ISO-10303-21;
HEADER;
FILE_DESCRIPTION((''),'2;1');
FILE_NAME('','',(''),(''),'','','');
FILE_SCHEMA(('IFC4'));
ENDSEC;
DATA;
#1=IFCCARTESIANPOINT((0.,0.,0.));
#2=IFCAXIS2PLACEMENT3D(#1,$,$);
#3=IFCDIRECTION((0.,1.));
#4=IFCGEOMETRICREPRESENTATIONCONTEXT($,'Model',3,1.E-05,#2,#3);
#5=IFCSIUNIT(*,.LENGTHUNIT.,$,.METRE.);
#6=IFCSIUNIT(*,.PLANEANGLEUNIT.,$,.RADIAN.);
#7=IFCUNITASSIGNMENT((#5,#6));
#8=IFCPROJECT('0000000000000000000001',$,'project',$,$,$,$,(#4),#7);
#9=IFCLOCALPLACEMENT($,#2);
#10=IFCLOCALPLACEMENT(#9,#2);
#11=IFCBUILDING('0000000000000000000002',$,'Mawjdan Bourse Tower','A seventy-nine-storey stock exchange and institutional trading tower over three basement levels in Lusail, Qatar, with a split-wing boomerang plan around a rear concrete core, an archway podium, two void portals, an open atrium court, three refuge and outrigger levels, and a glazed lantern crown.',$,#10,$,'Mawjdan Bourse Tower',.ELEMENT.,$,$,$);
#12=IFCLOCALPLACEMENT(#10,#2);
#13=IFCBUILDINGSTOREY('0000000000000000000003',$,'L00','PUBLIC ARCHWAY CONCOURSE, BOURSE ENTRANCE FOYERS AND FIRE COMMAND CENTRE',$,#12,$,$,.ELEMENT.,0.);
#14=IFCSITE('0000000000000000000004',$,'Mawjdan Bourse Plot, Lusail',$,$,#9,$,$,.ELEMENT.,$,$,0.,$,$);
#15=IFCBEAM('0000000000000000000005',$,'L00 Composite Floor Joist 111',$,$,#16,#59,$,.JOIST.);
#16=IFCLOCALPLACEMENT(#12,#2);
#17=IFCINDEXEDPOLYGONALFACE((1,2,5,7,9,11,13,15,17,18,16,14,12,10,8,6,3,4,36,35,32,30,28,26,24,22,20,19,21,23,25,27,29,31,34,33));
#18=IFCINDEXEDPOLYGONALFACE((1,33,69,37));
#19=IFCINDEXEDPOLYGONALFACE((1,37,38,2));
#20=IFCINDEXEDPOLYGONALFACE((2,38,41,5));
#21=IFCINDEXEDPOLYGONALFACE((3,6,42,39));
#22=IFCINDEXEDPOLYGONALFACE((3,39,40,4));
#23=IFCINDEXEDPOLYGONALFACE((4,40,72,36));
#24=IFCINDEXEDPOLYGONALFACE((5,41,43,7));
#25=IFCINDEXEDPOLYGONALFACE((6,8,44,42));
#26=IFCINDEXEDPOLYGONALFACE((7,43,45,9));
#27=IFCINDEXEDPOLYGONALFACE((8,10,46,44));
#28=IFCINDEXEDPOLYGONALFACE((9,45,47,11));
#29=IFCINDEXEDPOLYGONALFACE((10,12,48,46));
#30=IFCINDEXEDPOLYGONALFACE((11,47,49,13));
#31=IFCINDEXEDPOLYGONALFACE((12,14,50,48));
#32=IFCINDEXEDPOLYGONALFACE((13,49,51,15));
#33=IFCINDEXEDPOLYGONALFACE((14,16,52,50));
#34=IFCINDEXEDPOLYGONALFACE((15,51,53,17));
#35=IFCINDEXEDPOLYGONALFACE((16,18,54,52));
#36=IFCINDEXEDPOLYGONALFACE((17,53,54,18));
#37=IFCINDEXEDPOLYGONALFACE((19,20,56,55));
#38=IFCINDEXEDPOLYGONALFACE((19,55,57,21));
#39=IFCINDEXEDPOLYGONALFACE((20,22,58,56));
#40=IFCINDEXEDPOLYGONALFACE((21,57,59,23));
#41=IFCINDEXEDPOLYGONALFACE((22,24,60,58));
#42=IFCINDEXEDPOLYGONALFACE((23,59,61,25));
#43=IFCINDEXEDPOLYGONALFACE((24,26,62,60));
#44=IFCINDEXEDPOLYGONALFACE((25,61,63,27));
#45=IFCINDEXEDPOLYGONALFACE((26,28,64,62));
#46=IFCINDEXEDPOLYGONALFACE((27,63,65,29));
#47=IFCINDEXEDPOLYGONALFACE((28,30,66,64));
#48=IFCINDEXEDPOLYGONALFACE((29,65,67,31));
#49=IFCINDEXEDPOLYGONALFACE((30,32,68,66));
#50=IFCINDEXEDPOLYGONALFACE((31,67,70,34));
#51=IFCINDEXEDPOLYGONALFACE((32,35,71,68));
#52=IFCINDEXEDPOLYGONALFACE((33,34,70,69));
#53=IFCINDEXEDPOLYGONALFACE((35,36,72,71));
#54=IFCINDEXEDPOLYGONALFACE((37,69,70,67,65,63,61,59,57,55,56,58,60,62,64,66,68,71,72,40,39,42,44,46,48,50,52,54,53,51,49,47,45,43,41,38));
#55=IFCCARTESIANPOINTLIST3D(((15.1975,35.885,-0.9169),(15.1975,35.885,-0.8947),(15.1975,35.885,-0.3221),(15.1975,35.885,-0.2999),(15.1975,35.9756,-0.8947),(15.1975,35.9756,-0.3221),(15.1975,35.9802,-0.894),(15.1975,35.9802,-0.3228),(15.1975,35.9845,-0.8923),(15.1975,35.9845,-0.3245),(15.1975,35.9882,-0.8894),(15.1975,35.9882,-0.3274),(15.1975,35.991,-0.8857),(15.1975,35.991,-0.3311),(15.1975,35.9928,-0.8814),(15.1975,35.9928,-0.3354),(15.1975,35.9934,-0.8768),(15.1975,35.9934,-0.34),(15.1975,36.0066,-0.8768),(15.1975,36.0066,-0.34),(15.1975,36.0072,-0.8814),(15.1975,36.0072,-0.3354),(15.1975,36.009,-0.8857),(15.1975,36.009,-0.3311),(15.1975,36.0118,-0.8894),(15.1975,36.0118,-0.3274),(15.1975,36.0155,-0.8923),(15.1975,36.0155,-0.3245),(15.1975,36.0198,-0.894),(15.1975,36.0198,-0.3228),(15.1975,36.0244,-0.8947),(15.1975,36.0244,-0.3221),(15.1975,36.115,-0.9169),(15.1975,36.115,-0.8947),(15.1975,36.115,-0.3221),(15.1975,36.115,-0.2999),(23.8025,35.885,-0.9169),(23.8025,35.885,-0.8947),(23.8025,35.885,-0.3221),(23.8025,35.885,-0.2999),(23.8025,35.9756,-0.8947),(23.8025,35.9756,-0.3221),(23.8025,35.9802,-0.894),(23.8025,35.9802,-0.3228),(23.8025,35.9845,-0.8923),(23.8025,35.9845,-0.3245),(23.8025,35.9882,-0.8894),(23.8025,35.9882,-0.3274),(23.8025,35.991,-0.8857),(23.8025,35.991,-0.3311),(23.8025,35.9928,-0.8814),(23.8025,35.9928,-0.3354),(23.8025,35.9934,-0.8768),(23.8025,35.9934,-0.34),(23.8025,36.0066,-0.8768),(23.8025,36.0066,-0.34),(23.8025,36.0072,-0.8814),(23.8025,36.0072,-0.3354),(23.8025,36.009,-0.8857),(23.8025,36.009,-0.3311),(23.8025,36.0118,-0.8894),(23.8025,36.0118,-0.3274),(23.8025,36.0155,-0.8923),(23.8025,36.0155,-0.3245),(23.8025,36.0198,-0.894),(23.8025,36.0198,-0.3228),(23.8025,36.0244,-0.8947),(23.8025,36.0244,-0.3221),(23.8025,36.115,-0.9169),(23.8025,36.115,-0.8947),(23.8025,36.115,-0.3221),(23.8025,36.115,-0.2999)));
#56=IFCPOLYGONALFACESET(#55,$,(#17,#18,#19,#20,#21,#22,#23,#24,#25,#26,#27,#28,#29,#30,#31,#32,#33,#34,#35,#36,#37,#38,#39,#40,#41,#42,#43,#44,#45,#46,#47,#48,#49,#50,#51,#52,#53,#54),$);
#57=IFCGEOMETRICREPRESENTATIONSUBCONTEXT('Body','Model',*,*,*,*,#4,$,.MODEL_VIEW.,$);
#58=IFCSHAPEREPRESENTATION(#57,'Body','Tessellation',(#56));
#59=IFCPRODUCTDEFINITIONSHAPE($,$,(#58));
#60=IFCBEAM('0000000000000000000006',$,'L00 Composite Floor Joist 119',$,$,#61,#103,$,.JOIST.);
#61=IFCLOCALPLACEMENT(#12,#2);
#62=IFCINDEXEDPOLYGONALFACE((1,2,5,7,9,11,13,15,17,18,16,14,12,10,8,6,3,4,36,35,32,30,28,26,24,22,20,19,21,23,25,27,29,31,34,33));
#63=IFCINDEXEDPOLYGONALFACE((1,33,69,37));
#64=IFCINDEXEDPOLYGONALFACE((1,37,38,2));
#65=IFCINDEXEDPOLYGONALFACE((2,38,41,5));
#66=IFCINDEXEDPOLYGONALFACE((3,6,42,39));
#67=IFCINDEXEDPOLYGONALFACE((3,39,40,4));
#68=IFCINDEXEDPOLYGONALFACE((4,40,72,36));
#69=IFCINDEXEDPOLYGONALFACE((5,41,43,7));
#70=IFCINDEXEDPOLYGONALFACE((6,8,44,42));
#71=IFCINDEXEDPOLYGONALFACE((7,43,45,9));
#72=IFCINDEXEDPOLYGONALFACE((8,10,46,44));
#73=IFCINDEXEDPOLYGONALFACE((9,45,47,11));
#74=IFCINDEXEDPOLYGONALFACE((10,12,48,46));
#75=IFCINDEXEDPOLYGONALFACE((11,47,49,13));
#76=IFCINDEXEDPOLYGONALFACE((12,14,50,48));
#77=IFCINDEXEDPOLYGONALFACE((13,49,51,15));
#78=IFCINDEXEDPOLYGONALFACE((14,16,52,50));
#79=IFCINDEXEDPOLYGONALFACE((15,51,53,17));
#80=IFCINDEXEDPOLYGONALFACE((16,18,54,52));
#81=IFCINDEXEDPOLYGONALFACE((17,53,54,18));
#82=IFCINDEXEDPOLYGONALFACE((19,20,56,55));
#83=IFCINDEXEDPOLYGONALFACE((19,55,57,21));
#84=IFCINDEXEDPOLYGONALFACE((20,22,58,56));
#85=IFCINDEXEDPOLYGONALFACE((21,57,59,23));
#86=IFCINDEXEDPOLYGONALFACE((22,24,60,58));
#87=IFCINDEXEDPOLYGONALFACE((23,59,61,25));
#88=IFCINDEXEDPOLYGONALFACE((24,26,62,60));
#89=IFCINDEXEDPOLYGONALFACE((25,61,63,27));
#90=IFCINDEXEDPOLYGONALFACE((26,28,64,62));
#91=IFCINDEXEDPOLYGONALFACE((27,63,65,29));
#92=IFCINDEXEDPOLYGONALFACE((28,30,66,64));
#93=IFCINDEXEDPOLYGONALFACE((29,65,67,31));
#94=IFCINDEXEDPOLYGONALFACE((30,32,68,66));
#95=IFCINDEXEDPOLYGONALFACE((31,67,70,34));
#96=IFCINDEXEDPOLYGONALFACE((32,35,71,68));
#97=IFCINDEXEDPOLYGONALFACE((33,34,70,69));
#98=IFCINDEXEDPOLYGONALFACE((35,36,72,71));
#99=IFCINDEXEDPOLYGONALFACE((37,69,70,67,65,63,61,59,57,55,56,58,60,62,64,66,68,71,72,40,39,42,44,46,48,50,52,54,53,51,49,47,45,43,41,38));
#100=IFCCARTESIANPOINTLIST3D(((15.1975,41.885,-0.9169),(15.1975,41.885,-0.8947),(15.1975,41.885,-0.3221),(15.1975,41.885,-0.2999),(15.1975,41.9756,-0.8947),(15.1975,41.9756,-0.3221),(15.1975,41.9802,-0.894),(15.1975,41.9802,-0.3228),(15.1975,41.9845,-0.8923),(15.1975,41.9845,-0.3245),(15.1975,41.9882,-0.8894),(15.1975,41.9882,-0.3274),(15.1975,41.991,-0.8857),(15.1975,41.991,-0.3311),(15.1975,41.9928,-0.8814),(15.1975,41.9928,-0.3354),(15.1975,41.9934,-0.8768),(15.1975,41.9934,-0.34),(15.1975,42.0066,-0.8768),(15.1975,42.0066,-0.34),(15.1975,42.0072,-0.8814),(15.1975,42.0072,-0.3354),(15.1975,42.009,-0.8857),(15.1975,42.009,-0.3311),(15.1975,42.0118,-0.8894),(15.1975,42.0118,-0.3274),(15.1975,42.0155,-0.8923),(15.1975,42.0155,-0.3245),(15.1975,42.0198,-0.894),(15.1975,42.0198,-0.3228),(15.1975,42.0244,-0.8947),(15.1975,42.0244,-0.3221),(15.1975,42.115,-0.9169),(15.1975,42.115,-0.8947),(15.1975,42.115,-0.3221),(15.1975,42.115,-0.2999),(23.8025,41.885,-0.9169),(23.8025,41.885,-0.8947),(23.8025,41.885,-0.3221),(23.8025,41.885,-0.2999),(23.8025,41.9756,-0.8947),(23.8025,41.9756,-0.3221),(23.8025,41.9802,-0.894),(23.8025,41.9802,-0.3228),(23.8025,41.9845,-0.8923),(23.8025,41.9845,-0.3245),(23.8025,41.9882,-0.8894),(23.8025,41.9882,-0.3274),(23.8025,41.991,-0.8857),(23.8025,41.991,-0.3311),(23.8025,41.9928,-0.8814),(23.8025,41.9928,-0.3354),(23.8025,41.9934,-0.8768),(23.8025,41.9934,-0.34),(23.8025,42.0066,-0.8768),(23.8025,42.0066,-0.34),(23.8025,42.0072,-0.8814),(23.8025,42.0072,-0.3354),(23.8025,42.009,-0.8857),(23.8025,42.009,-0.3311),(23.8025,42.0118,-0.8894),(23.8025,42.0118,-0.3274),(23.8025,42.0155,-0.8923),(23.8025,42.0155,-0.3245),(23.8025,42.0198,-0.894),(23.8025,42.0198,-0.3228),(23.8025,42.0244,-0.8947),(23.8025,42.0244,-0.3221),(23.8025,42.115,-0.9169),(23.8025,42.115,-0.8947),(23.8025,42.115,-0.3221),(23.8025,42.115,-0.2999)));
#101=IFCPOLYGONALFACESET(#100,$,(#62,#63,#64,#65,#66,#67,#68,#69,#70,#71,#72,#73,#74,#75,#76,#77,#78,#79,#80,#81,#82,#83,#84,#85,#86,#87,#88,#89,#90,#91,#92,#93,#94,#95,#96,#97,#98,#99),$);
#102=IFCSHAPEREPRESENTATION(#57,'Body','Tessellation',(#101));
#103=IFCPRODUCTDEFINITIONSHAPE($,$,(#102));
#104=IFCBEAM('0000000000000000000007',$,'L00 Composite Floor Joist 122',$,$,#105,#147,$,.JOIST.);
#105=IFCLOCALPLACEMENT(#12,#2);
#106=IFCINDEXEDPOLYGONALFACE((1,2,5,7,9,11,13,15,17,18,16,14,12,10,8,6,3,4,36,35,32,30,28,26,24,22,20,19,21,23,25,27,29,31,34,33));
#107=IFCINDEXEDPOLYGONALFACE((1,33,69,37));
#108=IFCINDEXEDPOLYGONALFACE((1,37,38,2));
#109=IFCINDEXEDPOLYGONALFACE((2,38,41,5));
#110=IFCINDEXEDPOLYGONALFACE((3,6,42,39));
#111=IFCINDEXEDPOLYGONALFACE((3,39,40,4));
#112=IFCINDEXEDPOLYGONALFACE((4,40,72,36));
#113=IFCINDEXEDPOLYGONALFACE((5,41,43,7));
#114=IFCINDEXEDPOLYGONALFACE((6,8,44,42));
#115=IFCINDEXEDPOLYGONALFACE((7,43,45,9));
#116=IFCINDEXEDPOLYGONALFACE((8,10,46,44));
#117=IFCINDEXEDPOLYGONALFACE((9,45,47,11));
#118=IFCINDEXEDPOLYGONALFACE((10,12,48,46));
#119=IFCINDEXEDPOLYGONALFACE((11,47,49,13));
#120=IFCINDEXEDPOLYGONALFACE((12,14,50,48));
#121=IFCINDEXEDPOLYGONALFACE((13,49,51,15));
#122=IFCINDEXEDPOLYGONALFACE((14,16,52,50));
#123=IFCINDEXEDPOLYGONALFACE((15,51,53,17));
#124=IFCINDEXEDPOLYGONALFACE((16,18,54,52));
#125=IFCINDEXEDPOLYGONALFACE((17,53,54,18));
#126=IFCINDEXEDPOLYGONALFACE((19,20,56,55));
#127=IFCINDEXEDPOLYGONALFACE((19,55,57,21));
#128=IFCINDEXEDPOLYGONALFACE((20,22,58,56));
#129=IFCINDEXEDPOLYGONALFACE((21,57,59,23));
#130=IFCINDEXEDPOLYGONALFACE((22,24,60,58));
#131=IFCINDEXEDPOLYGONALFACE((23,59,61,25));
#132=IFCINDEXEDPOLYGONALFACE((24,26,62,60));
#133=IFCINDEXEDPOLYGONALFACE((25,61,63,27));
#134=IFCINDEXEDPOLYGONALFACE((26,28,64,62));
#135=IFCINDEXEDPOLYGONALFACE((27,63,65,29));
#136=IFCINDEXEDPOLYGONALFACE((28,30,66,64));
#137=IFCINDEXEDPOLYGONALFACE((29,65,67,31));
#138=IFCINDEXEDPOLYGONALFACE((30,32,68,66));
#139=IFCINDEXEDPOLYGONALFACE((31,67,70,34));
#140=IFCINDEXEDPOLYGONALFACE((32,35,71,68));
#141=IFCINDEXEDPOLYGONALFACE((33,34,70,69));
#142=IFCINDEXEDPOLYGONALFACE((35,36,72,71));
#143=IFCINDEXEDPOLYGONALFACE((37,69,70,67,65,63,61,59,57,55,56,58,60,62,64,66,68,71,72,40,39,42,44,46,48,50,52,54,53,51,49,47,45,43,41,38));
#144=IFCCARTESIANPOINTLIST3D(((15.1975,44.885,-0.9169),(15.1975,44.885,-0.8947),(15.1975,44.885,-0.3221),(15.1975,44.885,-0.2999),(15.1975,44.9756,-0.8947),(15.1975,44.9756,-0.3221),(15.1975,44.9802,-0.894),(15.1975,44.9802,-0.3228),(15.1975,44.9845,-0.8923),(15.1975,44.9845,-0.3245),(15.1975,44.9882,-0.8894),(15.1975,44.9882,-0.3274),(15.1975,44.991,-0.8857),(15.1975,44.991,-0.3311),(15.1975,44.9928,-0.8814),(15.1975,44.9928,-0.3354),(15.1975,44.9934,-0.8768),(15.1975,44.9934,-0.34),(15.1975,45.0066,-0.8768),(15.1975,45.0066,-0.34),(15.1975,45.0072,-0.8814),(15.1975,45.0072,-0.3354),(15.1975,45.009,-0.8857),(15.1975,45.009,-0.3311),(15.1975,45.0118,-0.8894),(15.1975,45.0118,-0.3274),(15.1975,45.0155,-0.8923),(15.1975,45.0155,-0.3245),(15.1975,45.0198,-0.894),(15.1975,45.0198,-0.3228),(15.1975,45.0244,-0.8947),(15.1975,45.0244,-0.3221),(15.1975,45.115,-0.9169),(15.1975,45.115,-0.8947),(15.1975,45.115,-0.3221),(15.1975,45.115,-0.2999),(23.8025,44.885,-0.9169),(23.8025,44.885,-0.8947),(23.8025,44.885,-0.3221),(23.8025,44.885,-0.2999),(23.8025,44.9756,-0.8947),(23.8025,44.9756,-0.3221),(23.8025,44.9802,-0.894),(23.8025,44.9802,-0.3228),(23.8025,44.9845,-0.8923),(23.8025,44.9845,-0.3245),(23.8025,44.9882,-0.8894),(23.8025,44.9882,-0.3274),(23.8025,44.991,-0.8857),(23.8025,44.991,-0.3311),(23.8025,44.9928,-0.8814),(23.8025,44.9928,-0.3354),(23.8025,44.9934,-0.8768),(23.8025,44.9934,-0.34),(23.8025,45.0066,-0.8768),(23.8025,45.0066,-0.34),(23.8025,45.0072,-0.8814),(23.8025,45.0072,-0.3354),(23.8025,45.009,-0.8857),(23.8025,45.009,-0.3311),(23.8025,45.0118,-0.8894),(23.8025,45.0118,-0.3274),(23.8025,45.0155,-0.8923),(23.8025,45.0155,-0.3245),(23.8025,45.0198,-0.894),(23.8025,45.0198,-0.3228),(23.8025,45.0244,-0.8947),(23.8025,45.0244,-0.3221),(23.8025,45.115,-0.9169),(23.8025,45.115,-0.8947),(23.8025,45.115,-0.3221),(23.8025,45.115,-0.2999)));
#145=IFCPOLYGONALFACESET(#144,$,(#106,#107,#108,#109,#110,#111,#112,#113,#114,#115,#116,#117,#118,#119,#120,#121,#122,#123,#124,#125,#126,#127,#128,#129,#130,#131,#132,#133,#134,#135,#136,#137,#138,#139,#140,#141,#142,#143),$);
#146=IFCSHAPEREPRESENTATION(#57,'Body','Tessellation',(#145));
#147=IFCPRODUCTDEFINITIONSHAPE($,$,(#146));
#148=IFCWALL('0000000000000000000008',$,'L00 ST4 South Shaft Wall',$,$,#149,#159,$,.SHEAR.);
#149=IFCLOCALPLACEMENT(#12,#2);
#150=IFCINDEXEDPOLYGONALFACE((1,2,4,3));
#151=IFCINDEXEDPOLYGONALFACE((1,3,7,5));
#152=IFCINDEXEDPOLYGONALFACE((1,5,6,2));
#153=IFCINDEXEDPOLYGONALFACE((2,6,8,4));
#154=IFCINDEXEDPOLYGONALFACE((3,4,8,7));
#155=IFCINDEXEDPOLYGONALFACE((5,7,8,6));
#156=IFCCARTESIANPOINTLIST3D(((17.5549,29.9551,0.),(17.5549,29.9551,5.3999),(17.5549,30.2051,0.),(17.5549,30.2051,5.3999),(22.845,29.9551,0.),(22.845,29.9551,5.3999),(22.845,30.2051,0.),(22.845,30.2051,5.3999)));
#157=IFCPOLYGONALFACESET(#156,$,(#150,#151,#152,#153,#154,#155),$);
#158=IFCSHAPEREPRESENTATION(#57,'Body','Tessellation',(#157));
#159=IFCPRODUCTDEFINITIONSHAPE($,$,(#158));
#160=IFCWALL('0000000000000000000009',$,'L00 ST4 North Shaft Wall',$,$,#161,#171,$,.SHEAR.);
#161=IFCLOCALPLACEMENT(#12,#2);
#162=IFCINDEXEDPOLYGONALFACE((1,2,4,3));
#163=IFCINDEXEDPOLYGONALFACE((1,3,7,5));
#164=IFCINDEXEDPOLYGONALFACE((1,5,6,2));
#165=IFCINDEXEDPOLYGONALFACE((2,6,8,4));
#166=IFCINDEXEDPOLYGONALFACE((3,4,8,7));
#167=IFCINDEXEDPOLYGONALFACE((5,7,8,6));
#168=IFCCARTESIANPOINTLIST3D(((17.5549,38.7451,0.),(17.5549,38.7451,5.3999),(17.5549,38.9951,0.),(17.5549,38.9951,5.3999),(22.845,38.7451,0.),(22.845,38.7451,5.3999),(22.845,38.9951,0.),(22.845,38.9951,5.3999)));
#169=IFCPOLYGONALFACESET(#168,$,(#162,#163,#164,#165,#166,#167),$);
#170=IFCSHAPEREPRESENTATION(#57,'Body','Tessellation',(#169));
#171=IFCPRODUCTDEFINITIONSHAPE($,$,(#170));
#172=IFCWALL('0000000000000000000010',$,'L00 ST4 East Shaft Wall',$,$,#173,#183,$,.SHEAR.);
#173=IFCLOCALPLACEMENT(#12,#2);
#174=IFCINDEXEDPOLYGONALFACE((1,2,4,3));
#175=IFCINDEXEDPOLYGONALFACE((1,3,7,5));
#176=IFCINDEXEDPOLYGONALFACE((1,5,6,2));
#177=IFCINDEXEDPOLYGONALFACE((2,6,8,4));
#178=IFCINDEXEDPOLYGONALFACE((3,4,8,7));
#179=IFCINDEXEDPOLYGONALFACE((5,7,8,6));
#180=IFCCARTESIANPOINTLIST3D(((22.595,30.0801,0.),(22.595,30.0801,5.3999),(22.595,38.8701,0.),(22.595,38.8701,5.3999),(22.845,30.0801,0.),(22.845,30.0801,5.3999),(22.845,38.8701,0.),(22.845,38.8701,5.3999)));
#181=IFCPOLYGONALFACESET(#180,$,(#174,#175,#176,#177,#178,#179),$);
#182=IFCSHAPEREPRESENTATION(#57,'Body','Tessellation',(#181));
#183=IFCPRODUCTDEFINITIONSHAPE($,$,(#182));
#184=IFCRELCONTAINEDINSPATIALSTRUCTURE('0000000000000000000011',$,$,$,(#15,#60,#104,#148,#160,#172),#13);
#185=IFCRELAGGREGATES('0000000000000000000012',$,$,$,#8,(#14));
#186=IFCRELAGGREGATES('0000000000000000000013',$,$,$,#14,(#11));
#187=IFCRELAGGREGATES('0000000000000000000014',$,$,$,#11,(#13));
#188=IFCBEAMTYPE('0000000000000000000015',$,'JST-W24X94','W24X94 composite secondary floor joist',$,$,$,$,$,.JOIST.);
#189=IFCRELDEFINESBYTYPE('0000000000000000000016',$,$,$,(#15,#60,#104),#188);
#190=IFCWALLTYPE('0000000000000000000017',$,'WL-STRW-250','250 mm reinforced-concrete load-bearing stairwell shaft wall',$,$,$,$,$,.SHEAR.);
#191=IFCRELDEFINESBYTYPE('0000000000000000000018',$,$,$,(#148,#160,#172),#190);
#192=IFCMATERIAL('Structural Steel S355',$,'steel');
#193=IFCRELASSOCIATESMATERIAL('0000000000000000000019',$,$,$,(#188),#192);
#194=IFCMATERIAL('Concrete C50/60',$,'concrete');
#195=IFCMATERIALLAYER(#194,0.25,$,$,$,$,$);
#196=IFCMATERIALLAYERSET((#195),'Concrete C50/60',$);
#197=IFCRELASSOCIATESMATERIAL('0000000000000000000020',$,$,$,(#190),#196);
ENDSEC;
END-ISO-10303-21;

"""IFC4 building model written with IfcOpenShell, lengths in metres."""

from ifc_helpers import new_model, si_unit, direction, frame, frame_2d, origin, origin_2d, place, context, subcontext, project, spatial, rectangle, i_section, extrude, material, layer, layer_set, material_profile, profile_set, type_object, element, save


model = new_model("IFC4")

# Units and contexts
model_context = context("Model", 3, precision=1e-05, world=origin(), true_north=direction((0.0, 1.0)))
body_context = subcontext(model_context, "Body", "Model", "MODEL_VIEW")
ifc_project = project(units=[si_unit("LENGTHUNIT", "METRE"), si_unit("PLANEANGLEUNIT", "RADIAN")], contexts=[model_context])

# Site, building, storey
site_placement = place(None, origin())
site = spatial("IfcSite", under=ifc_project, at=site_placement, Name="Mawjdan Bourse Plot, Lusail", CompositionType="ELEMENT", RefElevation=0.0)
building_placement = place(site_placement, origin())
building = spatial("IfcBuilding", under=site, at=building_placement, Name="Mawjdan Bourse Tower", Description="A seventy-nine-storey stock exchange and institutional trading tower over three basement levels in Lusail, Qatar, with a split-wing boomerang plan around a rear concrete core, an archway podium, two void portals, an open atrium court, three refuge and outrigger levels, and a glazed lantern crown.", LongName="Mawjdan Bourse Tower", CompositionType="ELEMENT")
storey_placement = place(building_placement, origin())
storey = spatial("IfcBuildingStorey", under=building, at=storey_placement, Name="L00", Description="PUBLIC ARCHWAY CONCOURSE, BOURSE ENTRANCE FOYERS AND FIRE COMMAND CENTRE", CompositionType="ELEMENT", Elevation=0.0)

# Beams
ifc_material_1 = material(Name="Structural Steel S355", Category="steel")
ifc_material_profile_1 = material_profile(ifc_material_1, i_section(OverallWidth=0.23, OverallDepth=0.6169, WebThickness=0.0132, FlangeThickness=0.0222, FilletRadius=0.0178, at=origin_2d()), Name="W24X94")
ifc_profile_set_1 = profile_set([ifc_material_profile_1], Name="Structural Steel S355")
beam_type_1 = type_object("IfcBeamType", Name="JST-W24X94", Description="W24X94 composite secondary floor joist", PredefinedType="JOIST", material=ifc_profile_set_1)
for number, where, z_axis, x_axis, name in (
    (1, (15.1975, 36.0, -0.6084), (1.0, 0.0, 0.0), (0.0, 1.0, 0.0), "L00 Composite Floor Joist 111"),
    (2, (15.1975, 42.0, -0.6084), (1.0, 0.0, 0.0), (0.0, 1.0, 0.0), "L00 Composite Floor Joist 119"),
    (3, (15.1975, 45.0, -0.6084), (1.0, 0.0, 0.0), (0.0, 1.0, 0.0), "L00 Composite Floor Joist 122"),
):
    element("IfcBeam", number, at=place(storey_placement, frame(where, z_axis=z_axis, x_axis=x_axis)), inside=storey, type_object=beam_type_1, Name=name, PredefinedType="JOIST", context=body_context, shape_type="SweptSolid", body=[
        extrude(i_section(OverallWidth=0.23, OverallDepth=0.6169, WebThickness=0.0132, FlangeThickness=0.0222, FilletRadius=0.0178, at=origin_2d()), origin(), (0.0, 0.0, 1.0), 8.605),
    ])

# Walls
ifc_material_2 = material(Name="Concrete C50/60", Category="concrete")
ifc_layer = layer(ifc_material_2, 0.25)
ifc_layer_set = layer_set([ifc_layer], Name="Concrete C50/60")
wall_type = type_object("IfcWallType", Name="WL-STRW-250", Description="250 mm reinforced-concrete load-bearing stairwell shaft wall", PredefinedType="SHEAR", material=ifc_layer_set)
for number, where, z_axis, x_axis, name in (
    (4, (17.5549, 30.0801, 0.0), (0.0, 0.0, 1.0), (1.0, 0.0, 0.0), "L00 ST4 South Shaft Wall"),
    (5, (17.5549, 38.8701, 0.0), (0.0, 0.0, 1.0), (1.0, 0.0, 0.0), "L00 ST4 North Shaft Wall"),
):
    element("IfcWall", number, at=place(storey_placement, frame(where, z_axis=z_axis, x_axis=x_axis)), inside=storey, type_object=wall_type, Name=name, PredefinedType="SHEAR", context=body_context, shape_type="SweptSolid", body=[
        extrude(rectangle(XDim=5.29, YDim=0.25, at=frame_2d((2.645, 0.0))), origin(), (0.0, 0.0, 1.0), 5.3999),
    ])
wall_1_placement = place(storey_placement, frame((22.72, 30.0801, 0.0), z_axis=(0.0, 0.0, 1.0), x_axis=(0.0, 1.0, 0.0)))
element("IfcWall", 6, at=wall_1_placement, inside=storey, type_object=wall_type, Name="L00 ST4 East Shaft Wall", PredefinedType="SHEAR", context=body_context, shape_type="SweptSolid", body=[
    extrude(rectangle(XDim=8.79, YDim=0.25, at=frame_2d((4.395, 0.0))), origin(), (0.0, 0.0, 1.0), 5.3999),
])

save(model, "model.ifc")
